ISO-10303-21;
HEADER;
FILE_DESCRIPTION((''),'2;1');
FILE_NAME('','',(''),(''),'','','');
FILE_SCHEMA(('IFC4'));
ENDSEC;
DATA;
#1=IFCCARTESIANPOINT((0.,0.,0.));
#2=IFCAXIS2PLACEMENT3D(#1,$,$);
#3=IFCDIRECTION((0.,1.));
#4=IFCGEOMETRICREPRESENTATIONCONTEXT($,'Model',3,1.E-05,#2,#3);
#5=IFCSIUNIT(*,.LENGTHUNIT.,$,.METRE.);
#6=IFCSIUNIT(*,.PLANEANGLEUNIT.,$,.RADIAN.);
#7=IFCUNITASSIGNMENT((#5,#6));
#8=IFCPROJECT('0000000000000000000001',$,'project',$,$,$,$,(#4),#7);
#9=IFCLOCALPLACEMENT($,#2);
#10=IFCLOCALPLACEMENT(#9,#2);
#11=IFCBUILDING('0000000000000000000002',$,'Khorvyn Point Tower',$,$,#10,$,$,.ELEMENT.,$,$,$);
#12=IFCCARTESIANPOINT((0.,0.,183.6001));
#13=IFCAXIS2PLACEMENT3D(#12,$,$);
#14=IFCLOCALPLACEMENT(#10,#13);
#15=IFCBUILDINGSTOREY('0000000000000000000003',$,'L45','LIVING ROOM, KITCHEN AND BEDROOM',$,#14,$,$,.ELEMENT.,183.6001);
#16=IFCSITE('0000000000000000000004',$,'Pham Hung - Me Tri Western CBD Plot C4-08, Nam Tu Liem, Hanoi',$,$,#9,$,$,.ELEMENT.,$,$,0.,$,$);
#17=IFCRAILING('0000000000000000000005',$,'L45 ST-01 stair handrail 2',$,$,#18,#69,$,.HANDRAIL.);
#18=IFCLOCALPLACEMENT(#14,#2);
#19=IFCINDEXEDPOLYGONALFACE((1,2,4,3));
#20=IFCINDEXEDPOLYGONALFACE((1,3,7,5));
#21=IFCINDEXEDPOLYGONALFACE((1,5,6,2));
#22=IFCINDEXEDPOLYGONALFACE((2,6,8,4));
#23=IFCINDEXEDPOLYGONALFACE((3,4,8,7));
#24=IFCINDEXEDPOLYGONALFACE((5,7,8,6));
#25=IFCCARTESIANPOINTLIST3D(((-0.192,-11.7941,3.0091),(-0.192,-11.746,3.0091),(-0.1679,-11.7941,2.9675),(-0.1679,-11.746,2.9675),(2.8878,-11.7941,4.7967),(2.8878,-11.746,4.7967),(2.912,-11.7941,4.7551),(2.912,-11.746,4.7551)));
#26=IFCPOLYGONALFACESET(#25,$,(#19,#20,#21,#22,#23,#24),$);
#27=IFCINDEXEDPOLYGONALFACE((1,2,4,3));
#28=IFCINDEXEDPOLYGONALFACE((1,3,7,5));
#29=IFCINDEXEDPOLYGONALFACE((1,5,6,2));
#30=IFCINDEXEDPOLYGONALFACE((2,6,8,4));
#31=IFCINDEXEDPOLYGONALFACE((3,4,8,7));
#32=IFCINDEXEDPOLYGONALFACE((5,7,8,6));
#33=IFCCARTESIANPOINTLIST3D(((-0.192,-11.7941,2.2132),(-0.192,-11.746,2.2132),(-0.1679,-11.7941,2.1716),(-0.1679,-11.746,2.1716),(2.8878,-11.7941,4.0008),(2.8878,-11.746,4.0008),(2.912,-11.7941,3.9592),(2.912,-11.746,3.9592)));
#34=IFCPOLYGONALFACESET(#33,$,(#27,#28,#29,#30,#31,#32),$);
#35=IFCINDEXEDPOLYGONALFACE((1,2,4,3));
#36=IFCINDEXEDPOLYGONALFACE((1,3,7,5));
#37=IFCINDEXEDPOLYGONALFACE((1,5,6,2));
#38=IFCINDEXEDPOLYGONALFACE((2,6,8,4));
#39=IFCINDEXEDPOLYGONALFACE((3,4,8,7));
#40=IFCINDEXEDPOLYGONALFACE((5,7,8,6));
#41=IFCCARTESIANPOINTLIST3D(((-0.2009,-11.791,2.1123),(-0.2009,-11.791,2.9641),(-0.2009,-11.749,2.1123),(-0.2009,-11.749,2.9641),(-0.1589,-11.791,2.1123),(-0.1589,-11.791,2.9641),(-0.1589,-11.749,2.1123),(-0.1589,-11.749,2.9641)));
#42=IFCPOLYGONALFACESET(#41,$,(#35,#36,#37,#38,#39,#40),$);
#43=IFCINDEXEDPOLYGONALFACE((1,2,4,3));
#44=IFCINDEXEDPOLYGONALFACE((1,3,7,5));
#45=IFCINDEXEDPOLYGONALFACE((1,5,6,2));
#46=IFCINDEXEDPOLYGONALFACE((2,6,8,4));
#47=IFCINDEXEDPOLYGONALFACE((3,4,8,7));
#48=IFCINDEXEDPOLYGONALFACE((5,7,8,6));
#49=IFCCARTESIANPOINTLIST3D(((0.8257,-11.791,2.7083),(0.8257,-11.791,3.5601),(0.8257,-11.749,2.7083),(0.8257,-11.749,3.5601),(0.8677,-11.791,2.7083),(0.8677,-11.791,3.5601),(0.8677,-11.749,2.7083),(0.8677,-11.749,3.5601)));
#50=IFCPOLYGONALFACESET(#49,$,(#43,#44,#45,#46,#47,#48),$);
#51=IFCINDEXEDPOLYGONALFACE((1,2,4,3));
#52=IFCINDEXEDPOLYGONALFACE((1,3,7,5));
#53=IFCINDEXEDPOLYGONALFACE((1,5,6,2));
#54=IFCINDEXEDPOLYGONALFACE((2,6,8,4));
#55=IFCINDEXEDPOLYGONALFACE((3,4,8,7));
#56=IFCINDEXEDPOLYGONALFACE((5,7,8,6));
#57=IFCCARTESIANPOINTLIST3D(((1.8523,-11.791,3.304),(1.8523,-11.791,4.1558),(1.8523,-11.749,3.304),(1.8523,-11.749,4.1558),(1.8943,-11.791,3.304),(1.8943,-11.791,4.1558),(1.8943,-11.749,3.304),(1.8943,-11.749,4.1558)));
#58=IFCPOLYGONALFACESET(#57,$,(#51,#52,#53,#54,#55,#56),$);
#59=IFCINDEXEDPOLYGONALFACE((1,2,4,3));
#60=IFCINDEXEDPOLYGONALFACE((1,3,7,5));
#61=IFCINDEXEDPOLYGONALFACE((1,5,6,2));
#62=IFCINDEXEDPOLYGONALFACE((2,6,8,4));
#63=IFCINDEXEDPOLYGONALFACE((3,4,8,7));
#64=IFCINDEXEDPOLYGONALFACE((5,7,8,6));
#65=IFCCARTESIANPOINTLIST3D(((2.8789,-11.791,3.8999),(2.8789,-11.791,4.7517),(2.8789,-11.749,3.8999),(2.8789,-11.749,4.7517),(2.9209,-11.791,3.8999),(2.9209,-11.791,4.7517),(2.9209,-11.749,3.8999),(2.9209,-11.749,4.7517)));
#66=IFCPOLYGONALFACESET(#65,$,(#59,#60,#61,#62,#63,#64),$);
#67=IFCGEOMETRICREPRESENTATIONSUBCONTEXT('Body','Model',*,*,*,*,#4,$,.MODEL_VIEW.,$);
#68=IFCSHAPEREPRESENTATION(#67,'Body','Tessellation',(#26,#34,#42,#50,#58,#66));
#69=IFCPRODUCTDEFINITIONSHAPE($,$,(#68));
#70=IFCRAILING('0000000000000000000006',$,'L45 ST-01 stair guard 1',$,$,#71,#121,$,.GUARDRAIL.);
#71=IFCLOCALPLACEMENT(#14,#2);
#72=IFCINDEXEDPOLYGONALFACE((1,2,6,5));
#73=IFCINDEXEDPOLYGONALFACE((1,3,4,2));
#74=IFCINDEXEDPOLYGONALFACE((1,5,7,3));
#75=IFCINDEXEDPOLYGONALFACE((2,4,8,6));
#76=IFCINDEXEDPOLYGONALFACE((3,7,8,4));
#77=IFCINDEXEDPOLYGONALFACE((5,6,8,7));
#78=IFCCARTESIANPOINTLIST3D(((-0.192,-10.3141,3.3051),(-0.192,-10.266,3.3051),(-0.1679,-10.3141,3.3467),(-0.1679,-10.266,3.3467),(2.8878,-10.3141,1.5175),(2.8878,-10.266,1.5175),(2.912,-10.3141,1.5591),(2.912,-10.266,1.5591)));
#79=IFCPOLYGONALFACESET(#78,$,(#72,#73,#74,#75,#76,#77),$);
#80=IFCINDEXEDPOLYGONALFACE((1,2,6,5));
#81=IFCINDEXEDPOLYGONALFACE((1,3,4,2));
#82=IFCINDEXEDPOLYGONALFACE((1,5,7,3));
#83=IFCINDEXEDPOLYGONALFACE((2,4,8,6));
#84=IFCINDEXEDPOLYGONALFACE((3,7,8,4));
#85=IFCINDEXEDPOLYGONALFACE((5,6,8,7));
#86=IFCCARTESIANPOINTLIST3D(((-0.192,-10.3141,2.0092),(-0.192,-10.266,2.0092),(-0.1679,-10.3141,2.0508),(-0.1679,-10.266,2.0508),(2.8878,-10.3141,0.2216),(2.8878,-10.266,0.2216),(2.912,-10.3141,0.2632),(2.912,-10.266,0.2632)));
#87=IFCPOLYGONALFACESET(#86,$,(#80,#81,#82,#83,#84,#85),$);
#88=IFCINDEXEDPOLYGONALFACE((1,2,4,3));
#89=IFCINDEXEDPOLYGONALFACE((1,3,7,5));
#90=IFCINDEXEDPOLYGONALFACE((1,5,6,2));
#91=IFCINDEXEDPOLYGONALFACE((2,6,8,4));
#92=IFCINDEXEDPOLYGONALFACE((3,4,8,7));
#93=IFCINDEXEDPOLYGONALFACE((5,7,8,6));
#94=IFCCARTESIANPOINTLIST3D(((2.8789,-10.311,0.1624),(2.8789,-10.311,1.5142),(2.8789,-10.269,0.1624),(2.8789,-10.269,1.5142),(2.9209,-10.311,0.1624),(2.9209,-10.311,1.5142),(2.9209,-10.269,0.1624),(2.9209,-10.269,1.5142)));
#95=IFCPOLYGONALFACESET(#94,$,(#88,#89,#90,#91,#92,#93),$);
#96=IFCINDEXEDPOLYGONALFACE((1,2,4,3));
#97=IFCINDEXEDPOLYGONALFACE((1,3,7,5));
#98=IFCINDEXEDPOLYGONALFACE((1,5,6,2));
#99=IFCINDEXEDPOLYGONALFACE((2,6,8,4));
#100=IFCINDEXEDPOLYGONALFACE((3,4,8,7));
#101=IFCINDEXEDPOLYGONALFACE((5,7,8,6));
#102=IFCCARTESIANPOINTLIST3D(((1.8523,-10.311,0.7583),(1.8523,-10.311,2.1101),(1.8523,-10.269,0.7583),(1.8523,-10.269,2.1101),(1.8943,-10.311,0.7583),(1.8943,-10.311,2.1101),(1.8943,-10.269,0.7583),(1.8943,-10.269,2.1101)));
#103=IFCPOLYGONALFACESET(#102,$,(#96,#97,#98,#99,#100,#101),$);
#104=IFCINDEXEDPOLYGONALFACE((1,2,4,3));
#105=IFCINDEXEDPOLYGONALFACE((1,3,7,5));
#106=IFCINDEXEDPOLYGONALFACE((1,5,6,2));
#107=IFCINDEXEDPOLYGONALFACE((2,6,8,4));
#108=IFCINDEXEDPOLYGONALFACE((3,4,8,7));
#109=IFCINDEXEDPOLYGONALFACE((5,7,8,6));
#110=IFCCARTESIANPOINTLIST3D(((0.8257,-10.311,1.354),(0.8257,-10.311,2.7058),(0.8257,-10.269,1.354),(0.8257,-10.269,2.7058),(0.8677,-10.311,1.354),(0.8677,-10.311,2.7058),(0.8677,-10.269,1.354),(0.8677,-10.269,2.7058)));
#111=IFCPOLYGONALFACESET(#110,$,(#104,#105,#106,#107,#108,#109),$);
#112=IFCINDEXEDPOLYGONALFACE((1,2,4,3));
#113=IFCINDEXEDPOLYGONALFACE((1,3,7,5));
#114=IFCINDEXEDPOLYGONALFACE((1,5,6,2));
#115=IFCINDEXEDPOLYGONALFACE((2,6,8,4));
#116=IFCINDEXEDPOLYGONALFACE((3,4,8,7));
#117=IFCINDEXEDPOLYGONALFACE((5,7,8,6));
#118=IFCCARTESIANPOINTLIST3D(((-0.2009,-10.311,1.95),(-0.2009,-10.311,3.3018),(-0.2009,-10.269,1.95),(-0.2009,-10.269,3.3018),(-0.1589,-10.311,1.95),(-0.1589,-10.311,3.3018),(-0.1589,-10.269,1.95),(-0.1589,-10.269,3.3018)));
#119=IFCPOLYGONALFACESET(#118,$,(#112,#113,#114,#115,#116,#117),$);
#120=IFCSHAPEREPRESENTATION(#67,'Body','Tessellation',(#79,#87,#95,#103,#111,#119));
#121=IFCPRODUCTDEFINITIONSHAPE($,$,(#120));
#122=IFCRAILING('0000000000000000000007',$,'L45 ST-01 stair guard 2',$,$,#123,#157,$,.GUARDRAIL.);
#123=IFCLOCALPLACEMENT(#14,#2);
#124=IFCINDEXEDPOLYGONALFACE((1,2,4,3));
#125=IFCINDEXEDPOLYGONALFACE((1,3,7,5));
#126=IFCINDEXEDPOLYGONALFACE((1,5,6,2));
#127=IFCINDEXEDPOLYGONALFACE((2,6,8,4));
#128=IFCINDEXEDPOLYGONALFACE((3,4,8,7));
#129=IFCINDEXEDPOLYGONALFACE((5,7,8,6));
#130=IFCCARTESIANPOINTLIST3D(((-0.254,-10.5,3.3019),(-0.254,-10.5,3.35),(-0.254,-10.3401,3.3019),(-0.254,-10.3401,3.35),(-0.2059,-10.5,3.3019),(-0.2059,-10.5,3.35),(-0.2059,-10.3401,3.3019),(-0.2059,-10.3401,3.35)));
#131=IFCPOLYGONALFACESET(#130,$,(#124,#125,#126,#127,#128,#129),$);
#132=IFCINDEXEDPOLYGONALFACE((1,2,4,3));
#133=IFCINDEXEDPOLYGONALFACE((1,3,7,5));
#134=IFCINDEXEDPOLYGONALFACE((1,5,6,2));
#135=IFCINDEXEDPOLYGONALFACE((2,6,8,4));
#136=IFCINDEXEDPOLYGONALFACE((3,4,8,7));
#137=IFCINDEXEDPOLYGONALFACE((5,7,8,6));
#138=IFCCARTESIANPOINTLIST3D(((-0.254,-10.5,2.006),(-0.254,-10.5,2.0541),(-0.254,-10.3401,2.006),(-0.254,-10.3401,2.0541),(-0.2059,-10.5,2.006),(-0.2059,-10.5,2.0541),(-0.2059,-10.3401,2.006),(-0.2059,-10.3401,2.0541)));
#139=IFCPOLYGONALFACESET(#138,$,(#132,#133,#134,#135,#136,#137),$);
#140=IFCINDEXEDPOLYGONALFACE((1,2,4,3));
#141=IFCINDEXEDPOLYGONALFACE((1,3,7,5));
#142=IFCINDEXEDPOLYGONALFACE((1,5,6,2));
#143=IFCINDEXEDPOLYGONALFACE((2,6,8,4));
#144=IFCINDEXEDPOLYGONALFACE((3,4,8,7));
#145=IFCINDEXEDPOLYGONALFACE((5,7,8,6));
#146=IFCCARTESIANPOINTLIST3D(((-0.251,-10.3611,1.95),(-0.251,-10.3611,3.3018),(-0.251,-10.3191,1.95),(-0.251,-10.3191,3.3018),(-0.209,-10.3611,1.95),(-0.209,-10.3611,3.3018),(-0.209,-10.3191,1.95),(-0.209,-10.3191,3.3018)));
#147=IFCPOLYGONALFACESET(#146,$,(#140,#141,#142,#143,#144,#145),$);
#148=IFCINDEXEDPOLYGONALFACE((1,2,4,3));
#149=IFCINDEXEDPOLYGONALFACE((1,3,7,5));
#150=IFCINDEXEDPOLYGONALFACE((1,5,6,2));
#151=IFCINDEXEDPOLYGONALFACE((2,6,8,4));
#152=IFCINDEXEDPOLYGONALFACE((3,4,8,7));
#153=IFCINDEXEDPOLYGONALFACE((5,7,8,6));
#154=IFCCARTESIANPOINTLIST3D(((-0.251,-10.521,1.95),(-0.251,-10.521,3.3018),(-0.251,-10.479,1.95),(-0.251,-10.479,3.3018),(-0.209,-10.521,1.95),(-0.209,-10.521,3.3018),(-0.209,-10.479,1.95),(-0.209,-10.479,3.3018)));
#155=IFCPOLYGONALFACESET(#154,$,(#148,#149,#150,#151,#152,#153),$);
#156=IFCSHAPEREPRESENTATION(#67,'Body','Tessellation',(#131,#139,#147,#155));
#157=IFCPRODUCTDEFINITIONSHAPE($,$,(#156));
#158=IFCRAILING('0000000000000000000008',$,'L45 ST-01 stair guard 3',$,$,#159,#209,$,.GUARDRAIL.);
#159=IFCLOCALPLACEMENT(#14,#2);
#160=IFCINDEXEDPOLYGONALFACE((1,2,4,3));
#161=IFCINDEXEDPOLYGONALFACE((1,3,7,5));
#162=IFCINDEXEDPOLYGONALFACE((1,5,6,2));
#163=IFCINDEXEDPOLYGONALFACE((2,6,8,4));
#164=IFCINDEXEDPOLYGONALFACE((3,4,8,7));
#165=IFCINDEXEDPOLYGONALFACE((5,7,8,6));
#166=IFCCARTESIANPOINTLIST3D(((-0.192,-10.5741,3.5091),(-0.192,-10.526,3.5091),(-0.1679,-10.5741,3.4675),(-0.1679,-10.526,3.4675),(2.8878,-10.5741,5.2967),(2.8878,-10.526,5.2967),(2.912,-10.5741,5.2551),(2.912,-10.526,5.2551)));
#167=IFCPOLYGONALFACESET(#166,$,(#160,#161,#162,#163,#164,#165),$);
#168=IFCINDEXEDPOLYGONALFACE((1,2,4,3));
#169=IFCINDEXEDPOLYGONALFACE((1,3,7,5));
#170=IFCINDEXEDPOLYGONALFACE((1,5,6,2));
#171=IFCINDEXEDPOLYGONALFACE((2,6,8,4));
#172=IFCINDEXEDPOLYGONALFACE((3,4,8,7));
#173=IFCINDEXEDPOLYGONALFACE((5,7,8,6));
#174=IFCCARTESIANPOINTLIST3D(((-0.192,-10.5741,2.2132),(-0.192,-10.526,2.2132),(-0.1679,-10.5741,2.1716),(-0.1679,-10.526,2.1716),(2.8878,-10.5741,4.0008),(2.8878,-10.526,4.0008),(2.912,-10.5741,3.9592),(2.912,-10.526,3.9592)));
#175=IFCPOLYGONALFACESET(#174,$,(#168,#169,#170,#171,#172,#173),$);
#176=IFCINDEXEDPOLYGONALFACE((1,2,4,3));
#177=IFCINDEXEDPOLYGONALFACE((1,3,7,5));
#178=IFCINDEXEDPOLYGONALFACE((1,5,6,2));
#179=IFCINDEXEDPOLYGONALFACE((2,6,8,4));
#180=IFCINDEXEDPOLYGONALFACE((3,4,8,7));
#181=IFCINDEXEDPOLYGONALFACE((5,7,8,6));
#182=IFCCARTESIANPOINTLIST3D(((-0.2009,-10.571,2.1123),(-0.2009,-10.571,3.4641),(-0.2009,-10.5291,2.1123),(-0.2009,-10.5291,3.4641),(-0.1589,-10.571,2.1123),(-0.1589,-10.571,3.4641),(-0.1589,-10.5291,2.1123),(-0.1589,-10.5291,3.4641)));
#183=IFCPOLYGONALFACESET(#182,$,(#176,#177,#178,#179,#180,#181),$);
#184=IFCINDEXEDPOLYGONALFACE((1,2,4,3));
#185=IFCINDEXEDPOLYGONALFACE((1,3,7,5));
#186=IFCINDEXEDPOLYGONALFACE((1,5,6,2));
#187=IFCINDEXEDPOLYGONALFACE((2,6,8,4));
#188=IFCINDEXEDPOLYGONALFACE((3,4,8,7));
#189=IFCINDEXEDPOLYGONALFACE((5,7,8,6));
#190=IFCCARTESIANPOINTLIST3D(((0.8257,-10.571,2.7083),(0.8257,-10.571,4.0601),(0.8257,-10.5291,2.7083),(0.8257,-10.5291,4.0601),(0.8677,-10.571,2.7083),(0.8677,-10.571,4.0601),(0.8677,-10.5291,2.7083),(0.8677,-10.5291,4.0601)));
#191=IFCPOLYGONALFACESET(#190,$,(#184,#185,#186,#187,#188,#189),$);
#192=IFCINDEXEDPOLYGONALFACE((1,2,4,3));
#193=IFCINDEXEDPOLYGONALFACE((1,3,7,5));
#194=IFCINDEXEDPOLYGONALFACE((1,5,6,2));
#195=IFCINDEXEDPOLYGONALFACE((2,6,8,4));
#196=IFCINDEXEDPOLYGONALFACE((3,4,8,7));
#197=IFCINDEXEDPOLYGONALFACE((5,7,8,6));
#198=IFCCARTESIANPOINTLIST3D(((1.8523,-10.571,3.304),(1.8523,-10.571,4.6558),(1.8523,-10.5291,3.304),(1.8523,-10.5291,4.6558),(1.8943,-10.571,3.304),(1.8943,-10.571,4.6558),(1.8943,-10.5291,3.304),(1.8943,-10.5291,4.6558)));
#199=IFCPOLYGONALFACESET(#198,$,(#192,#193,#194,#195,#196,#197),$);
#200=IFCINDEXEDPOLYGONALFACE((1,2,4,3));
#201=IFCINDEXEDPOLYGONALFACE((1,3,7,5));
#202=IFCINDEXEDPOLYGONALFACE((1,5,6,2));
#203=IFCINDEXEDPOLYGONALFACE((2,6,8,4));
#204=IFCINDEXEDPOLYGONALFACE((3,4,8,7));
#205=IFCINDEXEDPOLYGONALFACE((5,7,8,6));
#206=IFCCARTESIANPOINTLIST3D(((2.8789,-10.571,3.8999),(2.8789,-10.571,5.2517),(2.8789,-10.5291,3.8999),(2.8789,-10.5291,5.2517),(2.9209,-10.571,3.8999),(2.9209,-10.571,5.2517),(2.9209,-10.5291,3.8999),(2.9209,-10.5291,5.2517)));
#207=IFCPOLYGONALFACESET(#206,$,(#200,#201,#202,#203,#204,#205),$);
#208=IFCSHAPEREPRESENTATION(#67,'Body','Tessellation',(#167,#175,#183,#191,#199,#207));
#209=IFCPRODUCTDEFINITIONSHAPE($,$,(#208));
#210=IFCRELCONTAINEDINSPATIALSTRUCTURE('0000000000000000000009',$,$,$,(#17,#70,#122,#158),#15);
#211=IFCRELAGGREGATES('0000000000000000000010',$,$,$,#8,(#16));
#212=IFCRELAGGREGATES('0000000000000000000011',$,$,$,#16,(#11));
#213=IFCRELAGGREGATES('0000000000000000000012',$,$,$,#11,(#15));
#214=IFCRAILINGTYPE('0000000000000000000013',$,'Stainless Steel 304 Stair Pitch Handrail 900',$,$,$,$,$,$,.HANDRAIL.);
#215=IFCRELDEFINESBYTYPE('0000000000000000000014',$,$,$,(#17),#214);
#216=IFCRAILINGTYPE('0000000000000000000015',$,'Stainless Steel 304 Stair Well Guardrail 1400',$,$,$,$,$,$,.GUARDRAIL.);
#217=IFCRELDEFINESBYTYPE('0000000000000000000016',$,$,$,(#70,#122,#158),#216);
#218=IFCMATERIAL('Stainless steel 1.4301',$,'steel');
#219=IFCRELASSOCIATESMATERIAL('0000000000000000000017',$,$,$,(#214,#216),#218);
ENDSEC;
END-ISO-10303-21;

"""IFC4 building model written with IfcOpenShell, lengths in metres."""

from ifc_helpers import new_model, si_unit, direction, frame, origin, origin_2d, place, context, subcontext, project, spatial, rectangle, extrude, material, type_object, element, save


model = new_model("IFC4")

# Units and contexts
model_context = context("Model", 3, precision=1e-05, world=origin(), true_north=direction((0.0, 1.0)))
body_context = subcontext(model_context, "Body", "Model", "MODEL_VIEW")
ifc_project = project(units=[si_unit("LENGTHUNIT", "METRE"), si_unit("PLANEANGLEUNIT", "RADIAN")], contexts=[model_context])

# Site, building, storey
site_placement = place(None, origin())
site = spatial("IfcSite", under=ifc_project, at=site_placement, Name="Pham Hung - Me Tri Western CBD Plot C4-08, Nam Tu Liem, Hanoi", CompositionType="ELEMENT", RefElevation=0.0)
building_placement = place(site_placement, origin())
building = spatial("IfcBuilding", under=site, at=building_placement, Name="Khorvyn Point Tower", CompositionType="ELEMENT")
storey_placement = place(building_placement, frame((0.0, 0.0, 183.6001)))
storey = spatial("IfcBuildingStorey", under=building, at=storey_placement, Name="L45", Description="LIVING ROOM, KITCHEN AND BEDROOM", CompositionType="ELEMENT", Elevation=183.6001)

# Shared definitions
ifc_material_1 = material(Name="Stainless steel 1.4301", Category="steel")

# Railings
railing_type_1 = type_object("IfcRailingType", Name="Stainless Steel 304 Stair Pitch Handrail 900", PredefinedType="HANDRAIL", material=ifc_material_1)
railing_1_placement = place(storey_placement, frame((-0.1799, -11.77, 2.1123)))
element("IfcRailing", 1, at=railing_1_placement, inside=storey, type_object=railing_type_1, Name="L45 ST-01 stair handrail 2", PredefinedType="HANDRAIL", context=body_context, shape_type="SweptSolid", body=[
    extrude(rectangle(XDim=0.0481, YDim=0.0481, at=origin_2d()), frame((0.0, 0.0, 0.876), z_axis=(0.864873, 0.0, 0.50199), x_axis=(0.0, 1.0, 0.0)), (0.0, 0.0, 1.0), 3.561),
    extrude(rectangle(XDim=0.0481, YDim=0.0481, at=origin_2d()), frame((0.0, 0.0, 0.0801), z_axis=(0.864873, 0.0, 0.50199), x_axis=(0.0, 1.0, 0.0)), (0.0, 0.0, 1.0), 3.561),
    extrude(rectangle(XDim=0.042, YDim=0.042, at=origin_2d()), origin(), (0.0, 0.0, 1.0), 0.8518),
    extrude(rectangle(XDim=0.042, YDim=0.042, at=origin_2d()), frame((1.0266, 0.0, 0.5959)), (0.0, 0.0, 1.0), 0.8518),
    extrude(rectangle(XDim=0.042, YDim=0.042, at=origin_2d()), frame((2.0532, 0.0, 1.1917)), (0.0, 0.0, 1.0), 0.8518),
    extrude(rectangle(XDim=0.042, YDim=0.042, at=origin_2d()), frame((3.0798, 0.0, 1.7876)), (0.0, 0.0, 1.0), 0.8518),
])
railing_type_2 = type_object("IfcRailingType", Name="Stainless Steel 304 Stair Well Guardrail 1400", PredefinedType="GUARDRAIL", material=ifc_material_1)
railing_2_placement = place(storey_placement, frame((2.8999, -10.29, 0.1624)))
element("IfcRailing", 2, at=railing_2_placement, inside=storey, type_object=railing_type_2, Name="L45 ST-01 stair guard 1", PredefinedType="GUARDRAIL", context=body_context, shape_type="SweptSolid", body=[
    extrude(rectangle(XDim=0.0481, YDim=0.0481, at=origin_2d()), frame((0.0, 0.0, 1.376), z_axis=(-0.864873, 0.0, 0.50199), x_axis=(0.0, -1.0, 0.0)), (0.0, 0.0, 1.0), 3.561),
    extrude(rectangle(XDim=0.0481, YDim=0.0481, at=origin_2d()), frame((0.0, 0.0, 0.0801), z_axis=(-0.864873, 0.0, 0.50199), x_axis=(0.0, -1.0, 0.0)), (0.0, 0.0, 1.0), 3.561),
    extrude(rectangle(XDim=0.042, YDim=0.042, at=origin_2d()), origin(), (0.0, 0.0, 1.0), 1.3518),
    extrude(rectangle(XDim=0.042, YDim=0.042, at=origin_2d()), frame((-1.0266, 0.0, 0.5959)), (0.0, 0.0, 1.0), 1.3518),
    extrude(rectangle(XDim=0.042, YDim=0.042, at=origin_2d()), frame((-2.0532, 0.0, 1.1917)), (0.0, 0.0, 1.0), 1.3518),
    extrude(rectangle(XDim=0.042, YDim=0.042, at=origin_2d()), frame((-3.0798, 0.0, 1.7876)), (0.0, 0.0, 1.0), 1.3518),
])
railing_3_placement = place(storey_placement, frame((-0.23, -10.3401, 1.95)))
element("IfcRailing", 3, at=railing_3_placement, inside=storey, type_object=railing_type_2, Name="L45 ST-01 stair guard 2", PredefinedType="GUARDRAIL", context=body_context, shape_type="SweptSolid", body=[
    extrude(rectangle(XDim=0.0481, YDim=0.0481, at=origin_2d()), frame((0.0, 0.0, 1.376), z_axis=(0.0, -1.0, 0.0), x_axis=(1.0, 0.0, 0.0)), (0.0, 0.0, 1.0), 0.1599),
    extrude(rectangle(XDim=0.0481, YDim=0.0481, at=origin_2d()), frame((0.0, 0.0, 0.0801), z_axis=(0.0, -1.0, 0.0), x_axis=(1.0, 0.0, 0.0)), (0.0, 0.0, 1.0), 0.1599),
    extrude(rectangle(XDim=0.042, YDim=0.042, at=origin_2d()), origin(), (0.0, 0.0, 1.0), 1.3518),
    extrude(rectangle(XDim=0.042, YDim=0.042, at=origin_2d()), frame((0.0, -0.1599, 0.0)), (0.0, 0.0, 1.0), 1.3518),
])
railing_4_placement = place(storey_placement, frame((-0.1799, -10.55, 2.1123)))
element("IfcRailing", 4, at=railing_4_placement, inside=storey, type_object=railing_type_2, Name="L45 ST-01 stair guard 3", PredefinedType="GUARDRAIL", context=body_context, shape_type="SweptSolid", body=[
    extrude(rectangle(XDim=0.0481, YDim=0.0481, at=origin_2d()), frame((0.0, 0.0, 1.376), z_axis=(0.864873, 0.0, 0.50199), x_axis=(0.0, 1.0, 0.0)), (0.0, 0.0, 1.0), 3.561),
    extrude(rectangle(XDim=0.0481, YDim=0.0481, at=origin_2d()), frame((0.0, 0.0, 0.0801), z_axis=(0.864873, 0.0, 0.50199), x_axis=(0.0, 1.0, 0.0)), (0.0, 0.0, 1.0), 3.561),
    extrude(rectangle(XDim=0.042, YDim=0.042, at=origin_2d()), origin(), (0.0, 0.0, 1.0), 1.3518),
    extrude(rectangle(XDim=0.042, YDim=0.042, at=origin_2d()), frame((1.0266, 0.0, 0.5959)), (0.0, 0.0, 1.0), 1.3518),
    extrude(rectangle(XDim=0.042, YDim=0.042, at=origin_2d()), frame((2.0532, 0.0, 1.1917)), (0.0, 0.0, 1.0), 1.3518),
    extrude(rectangle(XDim=0.042, YDim=0.042, at=origin_2d()), frame((3.0798, 0.0, 1.7876)), (0.0, 0.0, 1.0), 1.3518),
])

save(model, "model.ifc")
